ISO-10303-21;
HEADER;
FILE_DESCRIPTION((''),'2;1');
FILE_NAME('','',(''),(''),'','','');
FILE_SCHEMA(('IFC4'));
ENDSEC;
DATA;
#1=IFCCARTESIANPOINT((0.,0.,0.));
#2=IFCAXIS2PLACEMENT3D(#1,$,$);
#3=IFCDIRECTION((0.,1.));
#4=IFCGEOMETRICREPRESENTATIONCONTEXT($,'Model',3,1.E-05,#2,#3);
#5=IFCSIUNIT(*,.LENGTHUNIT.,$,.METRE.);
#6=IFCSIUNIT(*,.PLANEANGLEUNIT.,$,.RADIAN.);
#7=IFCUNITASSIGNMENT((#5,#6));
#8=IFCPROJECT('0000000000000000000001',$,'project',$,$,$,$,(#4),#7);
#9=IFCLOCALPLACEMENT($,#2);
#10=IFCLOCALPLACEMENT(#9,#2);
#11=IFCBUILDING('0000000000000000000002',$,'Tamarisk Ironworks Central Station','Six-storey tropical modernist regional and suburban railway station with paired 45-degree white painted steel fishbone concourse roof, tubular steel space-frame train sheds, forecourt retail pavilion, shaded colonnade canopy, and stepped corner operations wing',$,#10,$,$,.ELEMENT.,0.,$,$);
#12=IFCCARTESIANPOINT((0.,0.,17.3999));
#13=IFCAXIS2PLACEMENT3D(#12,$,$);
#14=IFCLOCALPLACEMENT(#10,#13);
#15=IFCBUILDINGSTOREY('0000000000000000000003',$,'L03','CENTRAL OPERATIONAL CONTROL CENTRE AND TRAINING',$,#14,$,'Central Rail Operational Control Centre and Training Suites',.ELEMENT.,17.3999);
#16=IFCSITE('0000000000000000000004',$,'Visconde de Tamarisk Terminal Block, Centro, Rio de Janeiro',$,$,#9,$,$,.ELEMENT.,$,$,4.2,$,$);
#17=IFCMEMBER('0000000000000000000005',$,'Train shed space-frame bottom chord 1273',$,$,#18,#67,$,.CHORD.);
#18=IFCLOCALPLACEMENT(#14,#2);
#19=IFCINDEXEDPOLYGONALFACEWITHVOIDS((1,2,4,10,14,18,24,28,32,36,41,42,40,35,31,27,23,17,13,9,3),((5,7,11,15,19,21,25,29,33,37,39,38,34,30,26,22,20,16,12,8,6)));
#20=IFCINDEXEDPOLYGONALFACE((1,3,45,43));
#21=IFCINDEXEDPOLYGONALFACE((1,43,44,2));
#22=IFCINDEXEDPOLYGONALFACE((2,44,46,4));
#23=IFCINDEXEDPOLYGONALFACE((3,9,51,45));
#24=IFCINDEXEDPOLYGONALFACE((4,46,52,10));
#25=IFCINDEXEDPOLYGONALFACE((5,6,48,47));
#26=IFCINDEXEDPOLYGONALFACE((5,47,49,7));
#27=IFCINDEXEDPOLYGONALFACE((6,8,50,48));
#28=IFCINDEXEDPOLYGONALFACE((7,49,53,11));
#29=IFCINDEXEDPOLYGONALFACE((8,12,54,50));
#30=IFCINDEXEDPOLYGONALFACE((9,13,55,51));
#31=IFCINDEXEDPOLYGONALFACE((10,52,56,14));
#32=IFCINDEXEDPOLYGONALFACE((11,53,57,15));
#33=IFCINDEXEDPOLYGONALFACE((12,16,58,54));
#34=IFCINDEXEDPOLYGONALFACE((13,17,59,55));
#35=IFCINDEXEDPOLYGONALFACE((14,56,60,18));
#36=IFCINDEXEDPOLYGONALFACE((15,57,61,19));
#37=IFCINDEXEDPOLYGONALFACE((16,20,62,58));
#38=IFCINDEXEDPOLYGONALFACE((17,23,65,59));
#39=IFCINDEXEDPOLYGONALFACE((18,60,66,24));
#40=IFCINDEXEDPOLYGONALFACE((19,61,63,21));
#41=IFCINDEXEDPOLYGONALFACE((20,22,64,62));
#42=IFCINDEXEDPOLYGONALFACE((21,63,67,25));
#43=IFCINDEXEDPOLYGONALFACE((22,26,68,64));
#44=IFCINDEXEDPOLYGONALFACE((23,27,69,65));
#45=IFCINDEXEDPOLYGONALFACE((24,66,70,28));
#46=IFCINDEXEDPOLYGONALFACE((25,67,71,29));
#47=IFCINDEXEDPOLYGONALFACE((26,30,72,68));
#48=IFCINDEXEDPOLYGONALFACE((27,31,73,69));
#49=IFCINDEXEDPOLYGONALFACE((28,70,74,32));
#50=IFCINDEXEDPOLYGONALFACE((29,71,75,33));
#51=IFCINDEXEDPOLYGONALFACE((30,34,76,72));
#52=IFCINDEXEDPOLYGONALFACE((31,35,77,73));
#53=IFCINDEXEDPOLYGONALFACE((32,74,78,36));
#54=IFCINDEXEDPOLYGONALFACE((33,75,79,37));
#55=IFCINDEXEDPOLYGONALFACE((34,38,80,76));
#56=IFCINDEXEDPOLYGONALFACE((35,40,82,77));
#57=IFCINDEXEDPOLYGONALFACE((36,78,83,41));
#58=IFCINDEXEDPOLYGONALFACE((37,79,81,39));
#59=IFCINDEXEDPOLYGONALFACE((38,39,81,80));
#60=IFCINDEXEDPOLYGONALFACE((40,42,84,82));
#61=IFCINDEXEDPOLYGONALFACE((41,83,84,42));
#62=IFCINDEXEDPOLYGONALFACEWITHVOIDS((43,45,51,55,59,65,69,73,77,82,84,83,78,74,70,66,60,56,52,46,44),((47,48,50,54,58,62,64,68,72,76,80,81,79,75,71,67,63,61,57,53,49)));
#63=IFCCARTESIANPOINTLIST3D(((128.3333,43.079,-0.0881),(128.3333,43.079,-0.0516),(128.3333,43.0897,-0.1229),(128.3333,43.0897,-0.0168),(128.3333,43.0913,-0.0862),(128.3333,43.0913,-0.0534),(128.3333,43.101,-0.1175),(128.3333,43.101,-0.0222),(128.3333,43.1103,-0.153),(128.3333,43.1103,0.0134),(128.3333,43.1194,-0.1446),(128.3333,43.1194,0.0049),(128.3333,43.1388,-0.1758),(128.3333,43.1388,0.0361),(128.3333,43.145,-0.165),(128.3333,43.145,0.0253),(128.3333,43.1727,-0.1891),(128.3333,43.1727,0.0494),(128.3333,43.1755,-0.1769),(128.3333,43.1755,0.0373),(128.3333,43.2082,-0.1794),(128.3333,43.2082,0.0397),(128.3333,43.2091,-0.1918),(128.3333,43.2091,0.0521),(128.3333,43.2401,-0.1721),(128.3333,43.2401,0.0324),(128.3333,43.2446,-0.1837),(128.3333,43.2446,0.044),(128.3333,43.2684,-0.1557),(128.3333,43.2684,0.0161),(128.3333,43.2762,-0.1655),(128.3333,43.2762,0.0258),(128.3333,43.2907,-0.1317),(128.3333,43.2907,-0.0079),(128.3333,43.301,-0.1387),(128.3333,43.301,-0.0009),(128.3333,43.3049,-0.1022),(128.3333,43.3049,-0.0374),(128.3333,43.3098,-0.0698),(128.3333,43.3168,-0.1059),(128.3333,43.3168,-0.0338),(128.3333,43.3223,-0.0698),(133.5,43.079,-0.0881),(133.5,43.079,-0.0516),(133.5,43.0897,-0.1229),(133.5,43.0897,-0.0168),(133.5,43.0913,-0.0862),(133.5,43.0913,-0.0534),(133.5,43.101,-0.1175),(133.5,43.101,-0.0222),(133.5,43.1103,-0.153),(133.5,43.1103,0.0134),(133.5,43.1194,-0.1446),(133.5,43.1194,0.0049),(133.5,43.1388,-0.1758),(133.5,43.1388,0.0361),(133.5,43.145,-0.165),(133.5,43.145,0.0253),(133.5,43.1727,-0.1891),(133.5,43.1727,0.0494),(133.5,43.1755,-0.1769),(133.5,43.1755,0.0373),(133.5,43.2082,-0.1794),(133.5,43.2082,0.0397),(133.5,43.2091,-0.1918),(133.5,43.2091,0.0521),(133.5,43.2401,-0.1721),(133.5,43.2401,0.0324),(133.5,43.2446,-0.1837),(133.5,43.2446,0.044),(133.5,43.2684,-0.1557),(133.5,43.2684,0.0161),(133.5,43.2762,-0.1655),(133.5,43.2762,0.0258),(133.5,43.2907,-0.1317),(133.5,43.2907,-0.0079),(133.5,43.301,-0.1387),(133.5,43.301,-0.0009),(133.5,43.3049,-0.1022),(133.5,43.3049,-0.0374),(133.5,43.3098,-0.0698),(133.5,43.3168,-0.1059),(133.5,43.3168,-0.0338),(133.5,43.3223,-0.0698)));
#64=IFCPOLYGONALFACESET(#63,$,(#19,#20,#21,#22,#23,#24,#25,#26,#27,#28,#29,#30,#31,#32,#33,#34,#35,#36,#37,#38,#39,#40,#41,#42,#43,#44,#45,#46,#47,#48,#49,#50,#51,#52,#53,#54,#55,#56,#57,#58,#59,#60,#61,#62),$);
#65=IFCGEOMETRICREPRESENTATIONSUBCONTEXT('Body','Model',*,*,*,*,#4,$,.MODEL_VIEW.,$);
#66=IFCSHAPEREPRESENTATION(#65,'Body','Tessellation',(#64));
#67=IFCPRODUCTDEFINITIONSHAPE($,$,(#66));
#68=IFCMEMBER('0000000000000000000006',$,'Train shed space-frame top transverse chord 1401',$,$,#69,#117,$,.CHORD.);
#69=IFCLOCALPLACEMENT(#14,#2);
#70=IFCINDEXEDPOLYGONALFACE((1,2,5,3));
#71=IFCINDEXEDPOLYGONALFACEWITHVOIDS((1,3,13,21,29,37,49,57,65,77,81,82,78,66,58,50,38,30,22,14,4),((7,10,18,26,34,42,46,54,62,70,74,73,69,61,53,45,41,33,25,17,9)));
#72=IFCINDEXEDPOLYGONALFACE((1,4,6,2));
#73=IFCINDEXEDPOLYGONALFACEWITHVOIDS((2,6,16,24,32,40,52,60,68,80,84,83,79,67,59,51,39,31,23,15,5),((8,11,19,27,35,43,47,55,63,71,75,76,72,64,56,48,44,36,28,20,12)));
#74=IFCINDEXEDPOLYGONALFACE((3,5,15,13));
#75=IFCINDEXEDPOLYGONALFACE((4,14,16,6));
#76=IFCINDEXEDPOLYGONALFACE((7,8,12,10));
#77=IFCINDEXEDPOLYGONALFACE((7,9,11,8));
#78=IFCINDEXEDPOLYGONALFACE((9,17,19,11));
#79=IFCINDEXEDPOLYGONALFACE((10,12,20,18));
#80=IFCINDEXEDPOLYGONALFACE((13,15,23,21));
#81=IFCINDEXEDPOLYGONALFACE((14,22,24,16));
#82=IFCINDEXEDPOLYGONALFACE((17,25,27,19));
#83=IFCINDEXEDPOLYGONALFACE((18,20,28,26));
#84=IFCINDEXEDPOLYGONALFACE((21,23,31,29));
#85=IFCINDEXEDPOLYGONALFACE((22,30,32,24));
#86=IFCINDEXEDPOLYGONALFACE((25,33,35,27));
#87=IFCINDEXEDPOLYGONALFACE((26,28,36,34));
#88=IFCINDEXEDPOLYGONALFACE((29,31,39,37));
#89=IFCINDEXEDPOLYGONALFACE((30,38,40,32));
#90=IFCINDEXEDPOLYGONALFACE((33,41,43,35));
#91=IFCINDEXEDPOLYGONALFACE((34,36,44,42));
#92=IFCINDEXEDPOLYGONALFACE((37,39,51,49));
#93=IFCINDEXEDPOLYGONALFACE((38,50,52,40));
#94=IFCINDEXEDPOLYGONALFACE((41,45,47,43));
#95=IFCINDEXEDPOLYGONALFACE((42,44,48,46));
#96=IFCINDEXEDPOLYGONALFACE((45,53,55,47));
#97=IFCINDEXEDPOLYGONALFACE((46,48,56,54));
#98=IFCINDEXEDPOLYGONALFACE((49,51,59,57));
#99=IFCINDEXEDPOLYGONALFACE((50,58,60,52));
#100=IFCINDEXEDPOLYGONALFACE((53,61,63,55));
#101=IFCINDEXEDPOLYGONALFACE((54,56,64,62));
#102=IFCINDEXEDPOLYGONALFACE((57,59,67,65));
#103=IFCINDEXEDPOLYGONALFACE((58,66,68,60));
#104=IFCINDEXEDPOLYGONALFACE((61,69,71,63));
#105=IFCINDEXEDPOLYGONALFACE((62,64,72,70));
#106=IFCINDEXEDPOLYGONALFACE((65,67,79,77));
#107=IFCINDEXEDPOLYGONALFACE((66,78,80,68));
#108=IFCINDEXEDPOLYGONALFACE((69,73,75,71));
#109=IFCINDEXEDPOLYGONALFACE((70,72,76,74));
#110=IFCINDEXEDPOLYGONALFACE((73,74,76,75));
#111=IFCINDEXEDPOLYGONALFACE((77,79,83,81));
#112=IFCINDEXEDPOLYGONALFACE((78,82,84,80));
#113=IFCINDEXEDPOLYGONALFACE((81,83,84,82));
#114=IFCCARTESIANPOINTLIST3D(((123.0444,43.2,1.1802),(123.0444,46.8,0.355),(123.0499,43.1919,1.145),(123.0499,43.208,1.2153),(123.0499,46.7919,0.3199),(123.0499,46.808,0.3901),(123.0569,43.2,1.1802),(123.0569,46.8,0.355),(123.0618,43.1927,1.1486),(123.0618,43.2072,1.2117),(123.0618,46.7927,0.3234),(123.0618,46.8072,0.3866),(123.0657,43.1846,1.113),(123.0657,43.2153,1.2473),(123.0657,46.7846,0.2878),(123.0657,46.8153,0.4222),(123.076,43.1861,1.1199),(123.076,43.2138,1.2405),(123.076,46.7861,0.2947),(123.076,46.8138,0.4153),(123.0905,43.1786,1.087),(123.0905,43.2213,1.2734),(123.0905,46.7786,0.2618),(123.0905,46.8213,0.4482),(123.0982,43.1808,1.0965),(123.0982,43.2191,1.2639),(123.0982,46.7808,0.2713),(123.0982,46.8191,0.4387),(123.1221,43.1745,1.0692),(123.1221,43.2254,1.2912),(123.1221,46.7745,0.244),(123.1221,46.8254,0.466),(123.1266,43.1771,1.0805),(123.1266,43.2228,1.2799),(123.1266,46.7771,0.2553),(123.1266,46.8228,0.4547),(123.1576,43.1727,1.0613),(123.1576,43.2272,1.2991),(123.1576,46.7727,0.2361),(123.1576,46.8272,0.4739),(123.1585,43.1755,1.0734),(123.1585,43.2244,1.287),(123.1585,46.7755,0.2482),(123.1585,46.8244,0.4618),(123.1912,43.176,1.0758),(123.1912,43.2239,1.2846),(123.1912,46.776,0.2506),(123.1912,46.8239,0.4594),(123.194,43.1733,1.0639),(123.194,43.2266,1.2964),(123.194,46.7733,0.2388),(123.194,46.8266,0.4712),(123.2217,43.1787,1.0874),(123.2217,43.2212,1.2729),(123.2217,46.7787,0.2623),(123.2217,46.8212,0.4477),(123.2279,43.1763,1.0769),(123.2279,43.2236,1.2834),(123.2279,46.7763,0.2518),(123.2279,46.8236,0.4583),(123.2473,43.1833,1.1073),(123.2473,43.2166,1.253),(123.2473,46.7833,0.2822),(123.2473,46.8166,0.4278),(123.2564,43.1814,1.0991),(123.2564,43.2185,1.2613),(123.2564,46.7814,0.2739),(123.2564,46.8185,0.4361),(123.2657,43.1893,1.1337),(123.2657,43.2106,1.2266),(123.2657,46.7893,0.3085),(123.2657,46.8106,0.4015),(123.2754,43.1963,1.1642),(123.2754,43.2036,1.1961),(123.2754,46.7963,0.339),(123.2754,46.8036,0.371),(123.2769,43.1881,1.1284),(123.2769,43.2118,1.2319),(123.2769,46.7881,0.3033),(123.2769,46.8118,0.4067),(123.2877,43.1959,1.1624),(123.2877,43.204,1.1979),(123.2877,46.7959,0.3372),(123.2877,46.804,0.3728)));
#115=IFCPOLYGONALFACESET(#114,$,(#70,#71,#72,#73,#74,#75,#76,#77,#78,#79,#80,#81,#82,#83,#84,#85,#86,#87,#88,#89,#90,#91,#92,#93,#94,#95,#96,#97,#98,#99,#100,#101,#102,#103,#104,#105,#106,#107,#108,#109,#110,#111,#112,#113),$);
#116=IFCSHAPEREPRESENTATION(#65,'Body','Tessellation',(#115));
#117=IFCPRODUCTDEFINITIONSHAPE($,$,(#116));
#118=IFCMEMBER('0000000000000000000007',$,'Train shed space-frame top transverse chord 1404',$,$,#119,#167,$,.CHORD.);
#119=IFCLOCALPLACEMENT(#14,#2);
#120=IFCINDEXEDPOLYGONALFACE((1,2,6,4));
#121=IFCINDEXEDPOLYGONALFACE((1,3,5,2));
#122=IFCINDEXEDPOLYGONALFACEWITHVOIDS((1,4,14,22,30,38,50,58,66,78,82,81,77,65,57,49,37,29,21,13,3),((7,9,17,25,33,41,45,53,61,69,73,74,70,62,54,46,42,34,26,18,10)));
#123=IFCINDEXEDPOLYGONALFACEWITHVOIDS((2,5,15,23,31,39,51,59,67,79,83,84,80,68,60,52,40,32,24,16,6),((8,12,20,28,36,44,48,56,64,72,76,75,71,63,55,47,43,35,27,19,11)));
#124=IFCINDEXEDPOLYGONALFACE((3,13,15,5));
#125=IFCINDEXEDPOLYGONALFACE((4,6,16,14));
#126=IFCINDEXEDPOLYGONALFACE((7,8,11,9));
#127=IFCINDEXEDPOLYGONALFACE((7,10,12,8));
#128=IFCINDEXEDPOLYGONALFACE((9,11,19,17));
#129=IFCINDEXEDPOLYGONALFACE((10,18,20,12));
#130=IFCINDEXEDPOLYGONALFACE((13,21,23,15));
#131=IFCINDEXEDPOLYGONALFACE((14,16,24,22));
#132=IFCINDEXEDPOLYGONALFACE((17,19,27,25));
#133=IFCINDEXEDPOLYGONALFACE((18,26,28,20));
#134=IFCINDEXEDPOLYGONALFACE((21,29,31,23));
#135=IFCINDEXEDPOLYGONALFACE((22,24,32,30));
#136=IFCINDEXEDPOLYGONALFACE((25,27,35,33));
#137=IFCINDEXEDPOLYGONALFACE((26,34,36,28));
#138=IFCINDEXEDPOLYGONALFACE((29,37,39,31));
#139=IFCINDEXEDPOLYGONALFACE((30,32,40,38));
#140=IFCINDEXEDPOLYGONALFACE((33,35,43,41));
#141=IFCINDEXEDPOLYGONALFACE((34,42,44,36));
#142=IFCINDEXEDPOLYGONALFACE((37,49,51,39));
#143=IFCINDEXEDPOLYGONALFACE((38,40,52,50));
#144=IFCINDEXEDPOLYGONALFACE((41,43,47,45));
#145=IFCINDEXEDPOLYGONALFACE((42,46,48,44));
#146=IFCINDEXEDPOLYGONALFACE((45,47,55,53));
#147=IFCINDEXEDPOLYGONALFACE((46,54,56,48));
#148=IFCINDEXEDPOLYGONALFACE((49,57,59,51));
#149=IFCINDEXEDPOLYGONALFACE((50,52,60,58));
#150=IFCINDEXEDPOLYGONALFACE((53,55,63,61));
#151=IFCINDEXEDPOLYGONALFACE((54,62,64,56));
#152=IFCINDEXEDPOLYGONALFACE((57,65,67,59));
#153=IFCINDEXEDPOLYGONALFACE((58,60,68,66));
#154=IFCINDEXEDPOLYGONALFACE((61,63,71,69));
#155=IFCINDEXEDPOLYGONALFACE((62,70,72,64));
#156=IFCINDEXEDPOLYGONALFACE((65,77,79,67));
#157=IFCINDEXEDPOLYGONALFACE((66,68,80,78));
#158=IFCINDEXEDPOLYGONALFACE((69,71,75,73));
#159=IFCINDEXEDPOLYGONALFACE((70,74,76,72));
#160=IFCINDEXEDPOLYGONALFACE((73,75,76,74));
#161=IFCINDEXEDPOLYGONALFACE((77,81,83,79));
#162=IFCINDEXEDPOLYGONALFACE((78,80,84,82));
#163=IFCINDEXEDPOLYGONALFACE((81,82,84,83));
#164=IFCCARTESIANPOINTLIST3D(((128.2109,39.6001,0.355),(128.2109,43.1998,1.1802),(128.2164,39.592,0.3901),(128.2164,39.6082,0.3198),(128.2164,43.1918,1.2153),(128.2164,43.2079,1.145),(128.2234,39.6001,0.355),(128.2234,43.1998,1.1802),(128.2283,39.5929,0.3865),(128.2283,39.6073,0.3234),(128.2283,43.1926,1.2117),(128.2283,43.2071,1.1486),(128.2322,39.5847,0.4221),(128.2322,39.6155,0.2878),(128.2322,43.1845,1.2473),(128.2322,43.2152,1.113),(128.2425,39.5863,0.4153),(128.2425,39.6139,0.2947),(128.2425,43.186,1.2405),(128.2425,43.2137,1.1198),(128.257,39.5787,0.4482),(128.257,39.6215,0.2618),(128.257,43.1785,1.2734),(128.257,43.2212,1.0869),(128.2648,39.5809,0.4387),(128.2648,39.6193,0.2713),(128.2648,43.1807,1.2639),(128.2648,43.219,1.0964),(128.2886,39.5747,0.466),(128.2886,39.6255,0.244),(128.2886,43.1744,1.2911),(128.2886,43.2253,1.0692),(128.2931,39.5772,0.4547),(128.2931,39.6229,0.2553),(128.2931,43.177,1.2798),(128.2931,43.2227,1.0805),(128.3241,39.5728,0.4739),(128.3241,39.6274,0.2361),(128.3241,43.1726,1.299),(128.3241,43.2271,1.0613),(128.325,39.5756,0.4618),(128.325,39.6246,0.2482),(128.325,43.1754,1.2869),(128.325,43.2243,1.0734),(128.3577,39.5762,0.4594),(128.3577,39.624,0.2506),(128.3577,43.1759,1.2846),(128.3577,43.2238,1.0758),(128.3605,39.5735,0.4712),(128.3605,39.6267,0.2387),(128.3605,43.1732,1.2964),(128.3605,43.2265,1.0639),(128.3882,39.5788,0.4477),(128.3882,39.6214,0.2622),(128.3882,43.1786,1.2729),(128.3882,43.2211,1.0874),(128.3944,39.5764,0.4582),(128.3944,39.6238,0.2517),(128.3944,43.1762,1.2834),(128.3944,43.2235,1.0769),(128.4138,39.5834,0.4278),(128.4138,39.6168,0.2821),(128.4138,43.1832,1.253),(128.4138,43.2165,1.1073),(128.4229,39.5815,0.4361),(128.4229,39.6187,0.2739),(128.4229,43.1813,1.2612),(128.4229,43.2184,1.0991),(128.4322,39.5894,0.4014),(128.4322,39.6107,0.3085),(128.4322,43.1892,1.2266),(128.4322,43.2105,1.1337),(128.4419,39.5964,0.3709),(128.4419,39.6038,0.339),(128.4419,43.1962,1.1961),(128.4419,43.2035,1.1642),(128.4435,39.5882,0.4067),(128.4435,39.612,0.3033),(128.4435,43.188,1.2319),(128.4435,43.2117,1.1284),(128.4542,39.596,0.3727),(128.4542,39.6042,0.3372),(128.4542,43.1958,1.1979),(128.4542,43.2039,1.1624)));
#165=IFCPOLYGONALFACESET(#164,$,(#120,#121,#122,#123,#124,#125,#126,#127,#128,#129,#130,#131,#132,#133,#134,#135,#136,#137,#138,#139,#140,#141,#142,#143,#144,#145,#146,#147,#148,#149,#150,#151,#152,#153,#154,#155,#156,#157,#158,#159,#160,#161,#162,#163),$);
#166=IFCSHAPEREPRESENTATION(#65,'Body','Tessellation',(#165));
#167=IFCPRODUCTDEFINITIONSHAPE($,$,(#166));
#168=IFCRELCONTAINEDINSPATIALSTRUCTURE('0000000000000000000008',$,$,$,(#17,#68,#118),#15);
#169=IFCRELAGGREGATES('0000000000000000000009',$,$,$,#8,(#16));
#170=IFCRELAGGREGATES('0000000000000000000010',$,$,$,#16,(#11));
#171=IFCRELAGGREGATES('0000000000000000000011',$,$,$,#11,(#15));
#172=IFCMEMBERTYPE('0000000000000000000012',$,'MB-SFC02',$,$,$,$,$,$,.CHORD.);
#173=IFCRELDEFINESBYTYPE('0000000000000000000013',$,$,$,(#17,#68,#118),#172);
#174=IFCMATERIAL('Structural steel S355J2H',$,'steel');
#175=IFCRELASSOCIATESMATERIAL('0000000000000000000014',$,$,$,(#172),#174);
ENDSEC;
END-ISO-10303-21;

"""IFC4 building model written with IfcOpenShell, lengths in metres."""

from ifc_helpers import new_model, si_unit, direction, frame, origin, origin_2d, place, context, subcontext, project, spatial, hollow_circle, extrude, material, material_profile, profile_set, type_object, element, save


model = new_model("IFC4")

# Units and contexts
model_context = context("Model", 3, precision=1e-05, world=origin(), true_north=direction((0.0, 1.0)))
body_context = subcontext(model_context, "Body", "Model", "MODEL_VIEW")
ifc_project = project(units=[si_unit("LENGTHUNIT", "METRE"), si_unit("PLANEANGLEUNIT", "RADIAN")], contexts=[model_context])

# Site, building, storey
site_placement = place(None, origin())
site = spatial("IfcSite", under=ifc_project, at=site_placement, Name="Visconde de Tamarisk Terminal Block, Centro, Rio de Janeiro", CompositionType="ELEMENT", RefElevation=4.2)
building_placement = place(site_placement, origin())
building = spatial("IfcBuilding", under=site, at=building_placement, Name="Tamarisk Ironworks Central Station", Description="Six-storey tropical modernist regional and suburban railway station with paired 45-degree white painted steel fishbone concourse roof, tubular steel space-frame train sheds, forecourt retail pavilion, shaded colonnade canopy, and stepped corner operations wing", CompositionType="ELEMENT", ElevationOfRefHeight=0.0)
storey_placement = place(building_placement, frame((0.0, 0.0, 17.3999)))
storey = spatial("IfcBuildingStorey", under=building, at=storey_placement, Name="L03", Description="CENTRAL OPERATIONAL CONTROL CENTRE AND TRAINING", LongName="Central Rail Operational Control Centre and Training Suites", CompositionType="ELEMENT", Elevation=17.3999)

# Members
ifc_material_1 = material(Name="Structural steel S355J2H", Category="steel")
ifc_material_profile_1 = material_profile(ifc_material_1, hollow_circle(Radius=0.1223, WallThickness=0.0125, at=origin_2d()), Name="CHS 244.5x12.5")
ifc_profile_set_1 = profile_set([ifc_material_profile_1], Name="Structural steel S355J2H")
member_type_1 = type_object("IfcMemberType", Name="MB-SFC02", PredefinedType="CHORD", material=ifc_profile_set_1)
member_1_placement = place(storey_placement, frame((128.3333, 43.2, -0.0698), z_axis=(1.0, 0.0, 0.0), x_axis=(0.0, 1.0, 0.0)))
element("IfcMember", 1, at=member_1_placement, inside=storey, type_object=member_type_1, Name="Train shed space-frame bottom chord 1273", PredefinedType="CHORD", context=body_context, shape_type="SweptSolid", body=[
    extrude(hollow_circle(Radius=0.1223, WallThickness=0.0125, at=origin_2d()), origin(), (0.0, 0.0, 1.0), 5.1667),
])
member_2_placement = place(storey_placement, frame((123.1667, 43.2, 1.1802), z_axis=(0.0, 0.974722, -0.223421), x_axis=(-1.0, 0.0, 0.0)))
element("IfcMember", 2, at=member_2_placement, inside=storey, type_object=member_type_1, Name="Train shed space-frame top transverse chord 1401", PredefinedType="CHORD", context=body_context, shape_type="SweptSolid", body=[
    extrude(hollow_circle(Radius=0.1223, WallThickness=0.0125, at=origin_2d()), origin(), (0.0, 0.0, 1.0), 3.6934),
])
member_3_placement = place(storey_placement, frame((128.3333, 39.6001, 0.355), z_axis=(0.0, 0.974719, 0.223435), x_axis=(-1.0, 0.0, 0.0)))
element("IfcMember", 3, at=member_3_placement, inside=storey, type_object=member_type_1, Name="Train shed space-frame top transverse chord 1404", PredefinedType="CHORD", context=body_context, shape_type="SweptSolid", body=[
    extrude(hollow_circle(Radius=0.1223, WallThickness=0.0125, at=origin_2d()), origin(), (0.0, 0.0, 1.0), 3.6931),
])

save(model, "model.ifc")
